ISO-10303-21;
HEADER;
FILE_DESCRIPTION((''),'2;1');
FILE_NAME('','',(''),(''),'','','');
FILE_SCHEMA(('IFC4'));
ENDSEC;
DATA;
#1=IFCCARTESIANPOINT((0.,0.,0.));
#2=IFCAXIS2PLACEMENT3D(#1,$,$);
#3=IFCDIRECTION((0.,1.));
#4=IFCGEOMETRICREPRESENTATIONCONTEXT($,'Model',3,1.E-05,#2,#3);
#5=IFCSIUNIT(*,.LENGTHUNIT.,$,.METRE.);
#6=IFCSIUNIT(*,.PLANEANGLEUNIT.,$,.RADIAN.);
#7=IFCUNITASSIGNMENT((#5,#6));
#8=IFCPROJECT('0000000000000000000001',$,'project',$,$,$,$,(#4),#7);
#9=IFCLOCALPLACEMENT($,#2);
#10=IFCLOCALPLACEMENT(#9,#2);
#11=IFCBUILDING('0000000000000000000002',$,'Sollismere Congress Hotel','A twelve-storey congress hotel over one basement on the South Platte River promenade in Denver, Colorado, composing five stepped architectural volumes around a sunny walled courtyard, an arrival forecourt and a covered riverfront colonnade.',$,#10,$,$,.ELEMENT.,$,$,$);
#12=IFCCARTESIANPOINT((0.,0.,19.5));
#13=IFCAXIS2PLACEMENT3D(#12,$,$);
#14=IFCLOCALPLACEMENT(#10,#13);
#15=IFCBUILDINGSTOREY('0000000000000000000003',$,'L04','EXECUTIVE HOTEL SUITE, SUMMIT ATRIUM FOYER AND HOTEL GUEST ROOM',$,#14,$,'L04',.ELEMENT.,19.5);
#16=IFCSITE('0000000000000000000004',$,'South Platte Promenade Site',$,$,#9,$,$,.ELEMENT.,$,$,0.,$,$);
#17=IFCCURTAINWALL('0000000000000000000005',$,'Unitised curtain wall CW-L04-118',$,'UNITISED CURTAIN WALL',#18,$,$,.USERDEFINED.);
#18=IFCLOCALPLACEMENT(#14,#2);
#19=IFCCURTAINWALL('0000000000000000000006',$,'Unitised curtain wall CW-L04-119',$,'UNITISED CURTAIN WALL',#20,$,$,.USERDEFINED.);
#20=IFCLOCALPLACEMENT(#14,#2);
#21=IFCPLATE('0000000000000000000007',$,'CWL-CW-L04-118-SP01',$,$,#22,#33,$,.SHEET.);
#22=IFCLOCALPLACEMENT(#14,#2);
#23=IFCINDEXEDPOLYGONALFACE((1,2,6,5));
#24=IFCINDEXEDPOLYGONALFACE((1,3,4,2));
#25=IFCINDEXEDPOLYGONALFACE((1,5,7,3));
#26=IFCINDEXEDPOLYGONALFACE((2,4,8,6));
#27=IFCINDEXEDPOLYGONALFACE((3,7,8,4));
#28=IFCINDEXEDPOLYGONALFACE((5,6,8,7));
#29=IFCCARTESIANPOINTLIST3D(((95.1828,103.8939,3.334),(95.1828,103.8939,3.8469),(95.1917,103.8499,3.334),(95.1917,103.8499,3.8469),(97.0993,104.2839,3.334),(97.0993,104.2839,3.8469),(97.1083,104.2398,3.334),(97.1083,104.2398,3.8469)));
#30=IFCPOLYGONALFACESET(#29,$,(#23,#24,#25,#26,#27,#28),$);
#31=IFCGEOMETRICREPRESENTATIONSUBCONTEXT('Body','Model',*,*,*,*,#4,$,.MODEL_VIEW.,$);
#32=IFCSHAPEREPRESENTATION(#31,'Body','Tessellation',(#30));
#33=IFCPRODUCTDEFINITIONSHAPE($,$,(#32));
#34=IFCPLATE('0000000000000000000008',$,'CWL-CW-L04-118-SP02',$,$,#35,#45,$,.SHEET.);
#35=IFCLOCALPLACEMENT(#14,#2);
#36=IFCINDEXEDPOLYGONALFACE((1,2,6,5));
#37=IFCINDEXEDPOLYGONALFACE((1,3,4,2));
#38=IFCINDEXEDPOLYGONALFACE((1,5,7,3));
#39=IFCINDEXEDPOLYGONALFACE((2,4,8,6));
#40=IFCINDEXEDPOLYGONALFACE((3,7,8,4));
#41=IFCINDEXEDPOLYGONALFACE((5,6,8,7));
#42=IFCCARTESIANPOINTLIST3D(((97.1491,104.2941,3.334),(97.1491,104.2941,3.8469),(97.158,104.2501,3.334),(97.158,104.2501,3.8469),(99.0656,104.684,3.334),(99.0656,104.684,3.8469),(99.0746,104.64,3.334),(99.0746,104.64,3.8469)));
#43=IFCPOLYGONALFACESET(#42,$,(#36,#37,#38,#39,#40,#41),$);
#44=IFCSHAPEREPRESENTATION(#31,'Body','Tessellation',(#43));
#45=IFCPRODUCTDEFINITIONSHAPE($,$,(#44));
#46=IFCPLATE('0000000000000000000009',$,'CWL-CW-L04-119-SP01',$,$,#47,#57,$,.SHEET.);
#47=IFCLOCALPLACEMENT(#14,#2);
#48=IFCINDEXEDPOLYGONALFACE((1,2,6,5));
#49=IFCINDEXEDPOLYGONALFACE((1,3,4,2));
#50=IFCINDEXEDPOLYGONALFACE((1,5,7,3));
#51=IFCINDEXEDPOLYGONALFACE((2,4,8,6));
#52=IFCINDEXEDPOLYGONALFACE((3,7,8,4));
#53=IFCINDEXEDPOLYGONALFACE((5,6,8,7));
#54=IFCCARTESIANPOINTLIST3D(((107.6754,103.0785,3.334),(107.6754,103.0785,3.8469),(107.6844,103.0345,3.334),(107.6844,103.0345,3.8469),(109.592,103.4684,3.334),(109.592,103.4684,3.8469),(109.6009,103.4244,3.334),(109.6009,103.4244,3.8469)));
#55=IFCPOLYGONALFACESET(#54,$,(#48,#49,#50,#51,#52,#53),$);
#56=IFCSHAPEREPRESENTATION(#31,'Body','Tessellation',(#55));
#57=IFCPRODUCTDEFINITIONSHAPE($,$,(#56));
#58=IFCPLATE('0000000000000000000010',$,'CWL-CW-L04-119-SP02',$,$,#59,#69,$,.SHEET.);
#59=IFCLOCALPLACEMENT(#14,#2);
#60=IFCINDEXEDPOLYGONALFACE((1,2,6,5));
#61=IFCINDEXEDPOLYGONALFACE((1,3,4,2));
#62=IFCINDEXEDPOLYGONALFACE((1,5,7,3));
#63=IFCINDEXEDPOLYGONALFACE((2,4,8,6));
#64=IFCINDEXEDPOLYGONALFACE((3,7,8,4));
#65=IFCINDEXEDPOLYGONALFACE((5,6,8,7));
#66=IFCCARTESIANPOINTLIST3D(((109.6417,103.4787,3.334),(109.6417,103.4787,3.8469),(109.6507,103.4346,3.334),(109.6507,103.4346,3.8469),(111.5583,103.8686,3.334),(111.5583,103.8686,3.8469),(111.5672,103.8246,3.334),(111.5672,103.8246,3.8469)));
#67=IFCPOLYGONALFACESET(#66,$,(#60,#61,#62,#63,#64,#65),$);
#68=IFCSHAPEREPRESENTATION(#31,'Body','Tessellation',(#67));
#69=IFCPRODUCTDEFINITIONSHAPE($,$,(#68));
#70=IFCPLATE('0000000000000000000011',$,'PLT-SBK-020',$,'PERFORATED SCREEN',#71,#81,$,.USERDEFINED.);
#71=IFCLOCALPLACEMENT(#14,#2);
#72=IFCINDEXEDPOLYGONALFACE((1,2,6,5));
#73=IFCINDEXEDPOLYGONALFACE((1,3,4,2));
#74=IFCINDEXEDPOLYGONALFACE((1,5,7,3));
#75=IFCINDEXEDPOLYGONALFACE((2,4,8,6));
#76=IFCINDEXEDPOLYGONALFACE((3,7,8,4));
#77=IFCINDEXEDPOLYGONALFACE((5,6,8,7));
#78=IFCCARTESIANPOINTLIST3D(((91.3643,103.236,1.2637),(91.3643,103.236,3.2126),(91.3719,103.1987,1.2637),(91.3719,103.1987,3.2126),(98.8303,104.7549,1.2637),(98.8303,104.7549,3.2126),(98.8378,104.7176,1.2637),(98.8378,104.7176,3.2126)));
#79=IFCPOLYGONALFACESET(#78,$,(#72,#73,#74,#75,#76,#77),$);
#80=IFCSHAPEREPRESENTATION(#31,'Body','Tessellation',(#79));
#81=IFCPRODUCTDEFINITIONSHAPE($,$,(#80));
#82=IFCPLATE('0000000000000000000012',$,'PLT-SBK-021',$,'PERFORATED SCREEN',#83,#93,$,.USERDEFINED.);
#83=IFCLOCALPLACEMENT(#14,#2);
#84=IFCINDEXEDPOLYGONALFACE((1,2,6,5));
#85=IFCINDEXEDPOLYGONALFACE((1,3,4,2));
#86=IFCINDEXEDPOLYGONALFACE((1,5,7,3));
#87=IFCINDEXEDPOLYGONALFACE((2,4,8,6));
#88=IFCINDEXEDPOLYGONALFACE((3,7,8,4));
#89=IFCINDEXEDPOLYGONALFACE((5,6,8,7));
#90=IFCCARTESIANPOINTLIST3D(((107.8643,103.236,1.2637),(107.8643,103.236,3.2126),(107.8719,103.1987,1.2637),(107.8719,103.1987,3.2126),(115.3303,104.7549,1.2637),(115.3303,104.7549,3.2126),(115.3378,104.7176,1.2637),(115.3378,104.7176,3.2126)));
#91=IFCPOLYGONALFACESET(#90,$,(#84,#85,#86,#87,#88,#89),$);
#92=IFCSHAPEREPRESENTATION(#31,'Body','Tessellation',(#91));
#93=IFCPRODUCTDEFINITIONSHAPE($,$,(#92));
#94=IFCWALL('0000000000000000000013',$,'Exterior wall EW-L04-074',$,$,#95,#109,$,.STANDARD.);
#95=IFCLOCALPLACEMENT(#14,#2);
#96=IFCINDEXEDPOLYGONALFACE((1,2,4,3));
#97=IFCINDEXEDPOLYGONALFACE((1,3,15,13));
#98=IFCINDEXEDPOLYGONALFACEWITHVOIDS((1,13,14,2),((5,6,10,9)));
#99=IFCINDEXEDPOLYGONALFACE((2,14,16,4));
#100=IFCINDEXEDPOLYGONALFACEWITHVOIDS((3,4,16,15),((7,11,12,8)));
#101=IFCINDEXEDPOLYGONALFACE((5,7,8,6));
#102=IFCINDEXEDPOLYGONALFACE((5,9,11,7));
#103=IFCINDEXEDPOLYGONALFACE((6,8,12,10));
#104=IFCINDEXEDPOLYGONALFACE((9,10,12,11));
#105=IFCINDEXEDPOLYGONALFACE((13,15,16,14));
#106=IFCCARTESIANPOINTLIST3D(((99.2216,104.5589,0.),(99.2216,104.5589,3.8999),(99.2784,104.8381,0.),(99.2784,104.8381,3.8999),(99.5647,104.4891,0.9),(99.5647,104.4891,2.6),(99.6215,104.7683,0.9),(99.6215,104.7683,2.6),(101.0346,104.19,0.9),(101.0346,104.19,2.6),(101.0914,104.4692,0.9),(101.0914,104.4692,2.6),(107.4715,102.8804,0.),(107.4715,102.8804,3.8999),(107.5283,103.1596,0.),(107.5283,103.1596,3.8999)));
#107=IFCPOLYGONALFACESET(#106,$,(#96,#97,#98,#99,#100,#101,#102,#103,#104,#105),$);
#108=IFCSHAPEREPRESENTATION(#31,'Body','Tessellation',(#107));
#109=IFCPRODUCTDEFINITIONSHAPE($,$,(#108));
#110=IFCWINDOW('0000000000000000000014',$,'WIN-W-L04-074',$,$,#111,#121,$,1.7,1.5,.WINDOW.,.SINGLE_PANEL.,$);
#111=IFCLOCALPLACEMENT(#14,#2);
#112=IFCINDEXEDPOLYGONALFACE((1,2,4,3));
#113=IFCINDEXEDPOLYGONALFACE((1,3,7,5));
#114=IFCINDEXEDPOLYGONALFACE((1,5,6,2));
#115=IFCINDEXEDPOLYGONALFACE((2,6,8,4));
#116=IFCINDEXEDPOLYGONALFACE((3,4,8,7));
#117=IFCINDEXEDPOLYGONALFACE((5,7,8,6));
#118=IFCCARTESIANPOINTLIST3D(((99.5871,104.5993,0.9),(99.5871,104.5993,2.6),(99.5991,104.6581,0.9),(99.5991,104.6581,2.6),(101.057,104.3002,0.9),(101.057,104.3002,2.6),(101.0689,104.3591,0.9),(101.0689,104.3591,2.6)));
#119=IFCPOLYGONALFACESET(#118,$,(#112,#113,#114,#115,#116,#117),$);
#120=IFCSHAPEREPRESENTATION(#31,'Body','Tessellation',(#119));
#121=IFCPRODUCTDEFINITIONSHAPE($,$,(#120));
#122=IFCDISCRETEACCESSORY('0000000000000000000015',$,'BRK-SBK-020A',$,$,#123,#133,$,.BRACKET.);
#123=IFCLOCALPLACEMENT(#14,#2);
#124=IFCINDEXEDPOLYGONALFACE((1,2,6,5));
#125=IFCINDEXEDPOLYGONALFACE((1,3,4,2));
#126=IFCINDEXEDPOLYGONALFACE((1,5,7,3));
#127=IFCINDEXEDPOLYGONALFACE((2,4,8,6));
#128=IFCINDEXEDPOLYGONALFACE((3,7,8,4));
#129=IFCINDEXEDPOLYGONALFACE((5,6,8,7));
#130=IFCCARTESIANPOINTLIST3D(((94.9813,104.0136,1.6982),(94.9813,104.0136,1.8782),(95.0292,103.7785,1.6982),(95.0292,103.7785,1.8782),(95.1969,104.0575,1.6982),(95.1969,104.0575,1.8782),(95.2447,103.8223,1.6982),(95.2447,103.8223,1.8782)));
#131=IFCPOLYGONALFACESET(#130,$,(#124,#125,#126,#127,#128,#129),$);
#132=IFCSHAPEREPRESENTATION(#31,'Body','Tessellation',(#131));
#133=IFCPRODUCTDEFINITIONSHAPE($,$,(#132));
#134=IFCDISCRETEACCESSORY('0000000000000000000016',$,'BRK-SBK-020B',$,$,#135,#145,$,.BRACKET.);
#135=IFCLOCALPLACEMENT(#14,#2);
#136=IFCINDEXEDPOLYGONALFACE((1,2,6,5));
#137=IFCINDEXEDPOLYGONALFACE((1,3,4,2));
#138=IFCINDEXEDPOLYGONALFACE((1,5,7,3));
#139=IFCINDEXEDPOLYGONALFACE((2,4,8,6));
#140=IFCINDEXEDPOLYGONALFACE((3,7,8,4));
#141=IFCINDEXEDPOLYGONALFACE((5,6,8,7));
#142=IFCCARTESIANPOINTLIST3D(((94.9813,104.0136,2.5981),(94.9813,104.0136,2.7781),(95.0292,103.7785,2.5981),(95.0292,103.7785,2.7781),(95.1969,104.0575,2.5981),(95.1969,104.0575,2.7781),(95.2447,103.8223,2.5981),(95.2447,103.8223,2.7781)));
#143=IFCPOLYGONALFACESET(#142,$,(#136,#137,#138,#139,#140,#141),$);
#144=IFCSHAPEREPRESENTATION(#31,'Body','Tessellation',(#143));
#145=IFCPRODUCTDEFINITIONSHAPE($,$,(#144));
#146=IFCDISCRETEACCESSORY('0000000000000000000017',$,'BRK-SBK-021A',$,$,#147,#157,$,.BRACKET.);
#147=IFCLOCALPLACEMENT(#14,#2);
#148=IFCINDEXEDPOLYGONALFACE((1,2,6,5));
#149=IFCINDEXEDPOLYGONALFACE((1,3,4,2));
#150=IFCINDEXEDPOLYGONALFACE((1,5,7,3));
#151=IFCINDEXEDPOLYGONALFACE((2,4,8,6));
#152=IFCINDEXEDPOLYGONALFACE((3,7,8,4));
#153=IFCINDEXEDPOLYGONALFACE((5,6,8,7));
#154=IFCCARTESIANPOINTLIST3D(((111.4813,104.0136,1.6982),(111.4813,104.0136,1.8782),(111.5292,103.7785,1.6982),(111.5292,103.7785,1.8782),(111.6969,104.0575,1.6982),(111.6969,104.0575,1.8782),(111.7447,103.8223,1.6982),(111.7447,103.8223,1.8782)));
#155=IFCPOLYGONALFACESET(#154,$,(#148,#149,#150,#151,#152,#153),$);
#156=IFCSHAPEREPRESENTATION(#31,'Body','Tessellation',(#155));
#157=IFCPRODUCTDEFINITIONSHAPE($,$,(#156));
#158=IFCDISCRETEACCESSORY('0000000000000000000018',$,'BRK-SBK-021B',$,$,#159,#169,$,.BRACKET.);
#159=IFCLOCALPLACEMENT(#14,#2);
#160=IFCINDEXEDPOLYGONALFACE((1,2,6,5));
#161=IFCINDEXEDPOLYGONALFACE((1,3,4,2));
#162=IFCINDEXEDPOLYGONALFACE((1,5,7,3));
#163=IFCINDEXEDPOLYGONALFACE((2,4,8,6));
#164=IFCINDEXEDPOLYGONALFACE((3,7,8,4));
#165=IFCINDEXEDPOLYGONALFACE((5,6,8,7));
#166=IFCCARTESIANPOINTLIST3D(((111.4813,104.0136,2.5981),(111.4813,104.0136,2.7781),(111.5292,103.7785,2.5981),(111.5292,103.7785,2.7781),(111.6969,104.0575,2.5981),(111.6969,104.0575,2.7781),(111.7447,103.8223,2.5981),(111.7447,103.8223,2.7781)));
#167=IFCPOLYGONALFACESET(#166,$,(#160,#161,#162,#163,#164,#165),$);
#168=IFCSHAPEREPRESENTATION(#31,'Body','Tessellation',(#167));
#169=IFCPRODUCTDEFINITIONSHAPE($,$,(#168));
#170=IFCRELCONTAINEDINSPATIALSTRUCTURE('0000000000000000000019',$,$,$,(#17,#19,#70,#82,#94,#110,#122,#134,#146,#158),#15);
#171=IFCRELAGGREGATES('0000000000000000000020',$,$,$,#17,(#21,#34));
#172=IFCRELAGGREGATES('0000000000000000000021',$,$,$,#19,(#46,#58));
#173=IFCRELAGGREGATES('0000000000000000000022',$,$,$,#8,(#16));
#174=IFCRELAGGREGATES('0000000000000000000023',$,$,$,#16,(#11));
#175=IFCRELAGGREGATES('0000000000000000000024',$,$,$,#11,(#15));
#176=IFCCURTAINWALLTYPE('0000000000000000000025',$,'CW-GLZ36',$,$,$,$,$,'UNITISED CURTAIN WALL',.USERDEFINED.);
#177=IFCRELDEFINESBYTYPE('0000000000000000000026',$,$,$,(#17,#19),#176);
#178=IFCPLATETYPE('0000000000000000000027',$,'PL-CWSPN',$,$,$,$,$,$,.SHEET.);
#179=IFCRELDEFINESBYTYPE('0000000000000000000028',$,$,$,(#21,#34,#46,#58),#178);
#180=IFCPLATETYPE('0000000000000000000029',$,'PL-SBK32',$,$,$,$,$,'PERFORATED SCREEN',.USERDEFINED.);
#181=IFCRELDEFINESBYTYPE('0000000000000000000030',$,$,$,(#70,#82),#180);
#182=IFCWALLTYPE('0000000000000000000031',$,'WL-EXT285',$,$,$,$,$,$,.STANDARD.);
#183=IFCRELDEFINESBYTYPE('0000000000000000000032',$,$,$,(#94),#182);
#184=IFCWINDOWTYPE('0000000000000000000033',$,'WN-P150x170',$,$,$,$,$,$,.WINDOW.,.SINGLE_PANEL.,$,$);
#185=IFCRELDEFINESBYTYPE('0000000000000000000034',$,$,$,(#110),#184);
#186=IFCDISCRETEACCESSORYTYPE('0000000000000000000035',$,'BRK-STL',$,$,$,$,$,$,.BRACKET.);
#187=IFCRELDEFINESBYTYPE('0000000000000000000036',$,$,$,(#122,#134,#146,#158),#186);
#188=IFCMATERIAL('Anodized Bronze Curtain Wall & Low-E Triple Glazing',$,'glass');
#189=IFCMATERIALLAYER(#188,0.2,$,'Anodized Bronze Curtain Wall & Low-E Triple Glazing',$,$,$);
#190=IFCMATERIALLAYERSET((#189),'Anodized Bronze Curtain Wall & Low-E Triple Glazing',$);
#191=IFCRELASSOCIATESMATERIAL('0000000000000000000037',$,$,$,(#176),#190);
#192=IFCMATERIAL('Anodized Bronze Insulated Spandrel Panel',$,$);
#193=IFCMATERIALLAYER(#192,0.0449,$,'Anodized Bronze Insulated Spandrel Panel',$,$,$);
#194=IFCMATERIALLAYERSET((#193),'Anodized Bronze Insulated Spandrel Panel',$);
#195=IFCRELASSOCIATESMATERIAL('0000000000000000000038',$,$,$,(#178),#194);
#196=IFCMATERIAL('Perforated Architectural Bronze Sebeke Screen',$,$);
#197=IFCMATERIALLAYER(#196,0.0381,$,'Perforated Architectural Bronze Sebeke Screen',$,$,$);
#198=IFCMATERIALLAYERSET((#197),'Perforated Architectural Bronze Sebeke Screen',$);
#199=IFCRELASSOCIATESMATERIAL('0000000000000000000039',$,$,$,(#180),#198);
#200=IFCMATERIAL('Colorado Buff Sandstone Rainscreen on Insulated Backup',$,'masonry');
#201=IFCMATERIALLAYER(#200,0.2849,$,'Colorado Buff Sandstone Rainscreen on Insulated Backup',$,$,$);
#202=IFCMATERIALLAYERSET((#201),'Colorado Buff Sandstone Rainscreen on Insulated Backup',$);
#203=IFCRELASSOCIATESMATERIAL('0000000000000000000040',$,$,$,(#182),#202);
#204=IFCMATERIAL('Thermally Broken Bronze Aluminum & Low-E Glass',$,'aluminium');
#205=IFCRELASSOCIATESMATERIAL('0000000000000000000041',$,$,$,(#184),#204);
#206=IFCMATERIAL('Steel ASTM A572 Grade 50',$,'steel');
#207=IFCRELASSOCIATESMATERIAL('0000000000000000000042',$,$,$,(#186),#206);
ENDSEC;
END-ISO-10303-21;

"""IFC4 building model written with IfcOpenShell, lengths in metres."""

from ifc_helpers import new_model, si_unit, direction, frame, frame_2d, origin, origin_2d, place, context, subcontext, project, spatial, rectangle, extrude, material, layer, layer_set, type_object, element, fill, aggregate, save


model = new_model("IFC4")

# Units and contexts
model_context = context("Model", 3, precision=1e-05, world=origin(), true_north=direction((0.0, 1.0)))
body_context = subcontext(model_context, "Body", "Model", "MODEL_VIEW")
ifc_project = project(units=[si_unit("LENGTHUNIT", "METRE"), si_unit("PLANEANGLEUNIT", "RADIAN")], contexts=[model_context])

# Site, building, storey
site_placement = place(None, origin())
site = spatial("IfcSite", under=ifc_project, at=site_placement, Name="South Platte Promenade Site", CompositionType="ELEMENT", RefElevation=0.0)
building_placement = place(site_placement, origin())
building = spatial("IfcBuilding", under=site, at=building_placement, Name="Sollismere Congress Hotel", Description="A twelve-storey congress hotel over one basement on the South Platte River promenade in Denver, Colorado, composing five stepped architectural volumes around a sunny walled courtyard, an arrival forecourt and a covered riverfront colonnade.", CompositionType="ELEMENT")
storey_placement = place(building_placement, frame((0.0, 0.0, 19.5)))
storey = spatial("IfcBuildingStorey", under=building, at=storey_placement, Name="L04", Description="EXECUTIVE HOTEL SUITE, SUMMIT ATRIUM FOYER AND HOTEL GUEST ROOM", LongName="L04", CompositionType="ELEMENT", Elevation=19.5)

# Shared definitions
ifc_material_1 = material(Name="Anodized Bronze Curtain Wall & Low-E Triple Glazing", Category="glass")
ifc_layer_1 = layer(ifc_material_1, 0.2, Name="Anodized Bronze Curtain Wall & Low-E Triple Glazing")
ifc_layer_set_1 = layer_set([ifc_layer_1], Name="Anodized Bronze Curtain Wall & Low-E Triple Glazing")
curtain_wall_type = type_object("IfcCurtainWallType", Name="CW-GLZ36", ElementType="UNITISED CURTAIN WALL", PredefinedType="USERDEFINED", material=ifc_layer_set_1)

# Curtain walls
curtain_wall_1_placement = place(storey_placement, origin())
curtain_wall_1 = element("IfcCurtainWall", 1, at=curtain_wall_1_placement, inside=storey, type_object=curtain_wall_type, Name="Unitised curtain wall CW-L04-118", ObjectType="UNITISED CURTAIN WALL", PredefinedType="USERDEFINED")
curtain_wall_2_placement = place(storey_placement, origin())
curtain_wall_2 = element("IfcCurtainWall", 2, at=curtain_wall_2_placement, inside=storey, type_object=curtain_wall_type, Name="Unitised curtain wall CW-L04-119", ObjectType="UNITISED CURTAIN WALL", PredefinedType="USERDEFINED")

# Plates
ifc_material_2 = material(Name="Anodized Bronze Insulated Spandrel Panel")
ifc_layer_2 = layer(ifc_material_2, 0.0449, Name="Anodized Bronze Insulated Spandrel Panel")
ifc_layer_set_2 = layer_set([ifc_layer_2], Name="Anodized Bronze Insulated Spandrel Panel")
plate_type_1 = type_object("IfcPlateType", Name="PL-CWSPN", PredefinedType="SHEET", material=ifc_layer_set_2)
plate_1_placement = place(storey_placement, frame((96.1455, 104.0669, 3.334), z_axis=(0.0, 0.0, 1.0), x_axis=(0.979925, 0.199368, 0.0)))
plate_1 = element("IfcPlate", 3, at=plate_1_placement, type_object=plate_type_1, Name="CWL-CW-L04-118-SP01", PredefinedType="SHEET", context=body_context, shape_type="SweptSolid", body=[
    extrude(rectangle(XDim=1.9558, YDim=0.0449, at=origin_2d()), origin(), (0.0, 0.0, 1.0), 0.5129),
])
plate_2_placement = place(storey_placement, frame((98.1118, 104.467, 3.334), z_axis=(0.0, 0.0, 1.0), x_axis=(0.979925, 0.199368, 0.0)))
plate_2 = element("IfcPlate", 4, at=plate_2_placement, type_object=plate_type_1, Name="CWL-CW-L04-118-SP02", PredefinedType="SHEET", context=body_context, shape_type="SweptSolid", body=[
    extrude(rectangle(XDim=1.9558, YDim=0.0449, at=origin_2d()), origin(), (0.0, 0.0, 1.0), 0.5129),
])
aggregate(curtain_wall_1, [plate_1, plate_2])
plate_3_placement = place(storey_placement, frame((108.6382, 103.2515, 3.334), z_axis=(0.0, 0.0, 1.0), x_axis=(0.979925, 0.199368, 0.0)))
plate_3 = element("IfcPlate", 5, at=plate_3_placement, type_object=plate_type_1, Name="CWL-CW-L04-119-SP01", PredefinedType="SHEET", context=body_context, shape_type="SweptSolid", body=[
    extrude(rectangle(XDim=1.9558, YDim=0.0449, at=origin_2d()), origin(), (0.0, 0.0, 1.0), 0.5129),
])
plate_4_placement = place(storey_placement, frame((110.6045, 103.6516, 3.334), z_axis=(0.0, 0.0, 1.0), x_axis=(0.979925, 0.199368, 0.0)))
plate_4 = element("IfcPlate", 6, at=plate_4_placement, type_object=plate_type_1, Name="CWL-CW-L04-119-SP02", PredefinedType="SHEET", context=body_context, shape_type="SweptSolid", body=[
    extrude(rectangle(XDim=1.9558, YDim=0.0449, at=origin_2d()), origin(), (0.0, 0.0, 1.0), 0.5129),
])
aggregate(curtain_wall_2, [plate_3, plate_4])

# Plates
ifc_material_3 = material(Name="Perforated Architectural Bronze Sebeke Screen")
ifc_layer_3 = layer(ifc_material_3, 0.0381, Name="Perforated Architectural Bronze Sebeke Screen")
ifc_layer_set_3 = layer_set([ifc_layer_3], Name="Perforated Architectural Bronze Sebeke Screen")
plate_type_2 = type_object("IfcPlateType", Name="PL-SBK32", ElementType="PERFORATED SCREEN", PredefinedType="USERDEFINED", material=ifc_layer_set_3)
for number, where, z_axis, x_axis, name in (
    (7, (95.1011, 103.9768, 1.2637), (0.0, 0.0, 1.0), (0.979925, 0.199368, 0.0), "PLT-SBK-020"),
    (8, (111.6011, 103.9768, 1.2637), (0.0, 0.0, 1.0), (0.979925, 0.199368, 0.0), "PLT-SBK-021"),
):
    element("IfcPlate", number, at=place(storey_placement, frame(where, z_axis=z_axis, x_axis=x_axis)), inside=storey, type_object=plate_type_2, Name=name, ObjectType="PERFORATED SCREEN", PredefinedType="USERDEFINED", context=body_context, shape_type="SweptSolid", body=[
        extrude(rectangle(XDim=7.6189, YDim=0.0381, at=origin_2d()), origin(), (0.0, 0.0, 1.0), 1.949),
    ])

# Wall, opening, window
ifc_material_4 = material(Name="Colorado Buff Sandstone Rainscreen on Insulated Backup", Category="masonry")
ifc_layer_4 = layer(ifc_material_4, 0.2849, Name="Colorado Buff Sandstone Rainscreen on Insulated Backup")
ifc_layer_set_4 = layer_set([ifc_layer_4], Name="Colorado Buff Sandstone Rainscreen on Insulated Backup")
wall_type = type_object("IfcWallType", Name="WL-EXT285", PredefinedType="STANDARD", material=ifc_layer_set_4)
wall_placement = place(storey_placement, frame((99.25, 104.6985, 0.0), z_axis=(0.0, 0.0, 1.0), x_axis=(0.979925, -0.199366, 0.0)))
wall = element("IfcWall", 9, at=wall_placement, inside=storey, type_object=wall_type, Name="Exterior wall EW-L04-074", PredefinedType="STANDARD", context=body_context, shape_type="SweptSolid", body=[
    extrude(rectangle(XDim=8.4189, YDim=0.2849, at=frame_2d((4.2095, 0.0))), origin(), (0.0, 0.0, 1.0), 3.8999),
])
opening_placement = place(wall_placement, frame((0.3501, 0.0, 0.8999)))
opening = element("IfcOpeningElement", 10, at=opening_placement, cuts=wall, PredefinedType="OPENING", context=body_context, shape_type="SweptSolid", body=[
    extrude(rectangle(XDim=1.5, YDim=1.7, at=frame_2d((0.75, 0.8501))), frame((0.0, 0.1523, 0.0), z_axis=(0.0, -1.0, 0.0), x_axis=(1.0, 0.0, 0.0)), (0.0, 0.0, 1.0), 0.3049),
])
ifc_material_5 = material(Name="Thermally Broken Bronze Aluminum & Low-E Glass", Category="aluminium")
window_type = type_object("IfcWindowType", Name="WN-P150x170", PartitioningType="SINGLE_PANEL", PredefinedType="WINDOW", material=ifc_material_5)
window_placement = place(opening_placement, origin())
window = element("IfcWindow", 11, at=window_placement, inside=storey, type_object=window_type, Name="WIN-W-L04-074", OverallHeight=1.7, OverallWidth=1.5, PartitioningType="SINGLE_PANEL", PredefinedType="WINDOW", context=body_context, shape_type="SweptSolid", body=[
    extrude(rectangle(XDim=1.5, YDim=1.7, at=frame_2d((0.75, 0.8501))), frame((0.0, 0.03, 0.0), z_axis=(0.0, -1.0, 0.0), x_axis=(1.0, 0.0, 0.0)), (0.0, 0.0, 1.0), 0.0601),
])
fill(opening, window)

# Discrete accessories
ifc_material_6 = material(Name="Steel ASTM A572 Grade 50", Category="steel")
discrete_accessory_type = type_object("IfcDiscreteAccessoryType", Name="BRK-STL", PredefinedType="BRACKET", material=ifc_material_6)
for number, where, z_axis, x_axis, name in (
    (12, (95.113, 103.918, 1.6982), (0.0, 0.0, 1.0), (0.979925, 0.199368, 0.0), "BRK-SBK-020A"),
    (13, (95.113, 103.918, 2.5981), (0.0, 0.0, 1.0), (0.979925, 0.199368, 0.0), "BRK-SBK-020B"),
    (14, (111.613, 103.918, 1.6982), (0.0, 0.0, 1.0), (0.979925, 0.199368, 0.0), "BRK-SBK-021A"),
    (15, (111.613, 103.918, 2.5981), (0.0, 0.0, 1.0), (0.979925, 0.199368, 0.0), "BRK-SBK-021B"),
):
    element("IfcDiscreteAccessory", number, at=place(storey_placement, frame(where, z_axis=z_axis, x_axis=x_axis)), inside=storey, type_object=discrete_accessory_type, Name=name, PredefinedType="BRACKET", context=body_context, shape_type="SweptSolid", body=[
        extrude(rectangle(XDim=0.22, YDim=0.24, at=origin_2d()), origin(), (0.0, 0.0, 1.0), 0.1799),
    ])

save(model, "model.ifc")
